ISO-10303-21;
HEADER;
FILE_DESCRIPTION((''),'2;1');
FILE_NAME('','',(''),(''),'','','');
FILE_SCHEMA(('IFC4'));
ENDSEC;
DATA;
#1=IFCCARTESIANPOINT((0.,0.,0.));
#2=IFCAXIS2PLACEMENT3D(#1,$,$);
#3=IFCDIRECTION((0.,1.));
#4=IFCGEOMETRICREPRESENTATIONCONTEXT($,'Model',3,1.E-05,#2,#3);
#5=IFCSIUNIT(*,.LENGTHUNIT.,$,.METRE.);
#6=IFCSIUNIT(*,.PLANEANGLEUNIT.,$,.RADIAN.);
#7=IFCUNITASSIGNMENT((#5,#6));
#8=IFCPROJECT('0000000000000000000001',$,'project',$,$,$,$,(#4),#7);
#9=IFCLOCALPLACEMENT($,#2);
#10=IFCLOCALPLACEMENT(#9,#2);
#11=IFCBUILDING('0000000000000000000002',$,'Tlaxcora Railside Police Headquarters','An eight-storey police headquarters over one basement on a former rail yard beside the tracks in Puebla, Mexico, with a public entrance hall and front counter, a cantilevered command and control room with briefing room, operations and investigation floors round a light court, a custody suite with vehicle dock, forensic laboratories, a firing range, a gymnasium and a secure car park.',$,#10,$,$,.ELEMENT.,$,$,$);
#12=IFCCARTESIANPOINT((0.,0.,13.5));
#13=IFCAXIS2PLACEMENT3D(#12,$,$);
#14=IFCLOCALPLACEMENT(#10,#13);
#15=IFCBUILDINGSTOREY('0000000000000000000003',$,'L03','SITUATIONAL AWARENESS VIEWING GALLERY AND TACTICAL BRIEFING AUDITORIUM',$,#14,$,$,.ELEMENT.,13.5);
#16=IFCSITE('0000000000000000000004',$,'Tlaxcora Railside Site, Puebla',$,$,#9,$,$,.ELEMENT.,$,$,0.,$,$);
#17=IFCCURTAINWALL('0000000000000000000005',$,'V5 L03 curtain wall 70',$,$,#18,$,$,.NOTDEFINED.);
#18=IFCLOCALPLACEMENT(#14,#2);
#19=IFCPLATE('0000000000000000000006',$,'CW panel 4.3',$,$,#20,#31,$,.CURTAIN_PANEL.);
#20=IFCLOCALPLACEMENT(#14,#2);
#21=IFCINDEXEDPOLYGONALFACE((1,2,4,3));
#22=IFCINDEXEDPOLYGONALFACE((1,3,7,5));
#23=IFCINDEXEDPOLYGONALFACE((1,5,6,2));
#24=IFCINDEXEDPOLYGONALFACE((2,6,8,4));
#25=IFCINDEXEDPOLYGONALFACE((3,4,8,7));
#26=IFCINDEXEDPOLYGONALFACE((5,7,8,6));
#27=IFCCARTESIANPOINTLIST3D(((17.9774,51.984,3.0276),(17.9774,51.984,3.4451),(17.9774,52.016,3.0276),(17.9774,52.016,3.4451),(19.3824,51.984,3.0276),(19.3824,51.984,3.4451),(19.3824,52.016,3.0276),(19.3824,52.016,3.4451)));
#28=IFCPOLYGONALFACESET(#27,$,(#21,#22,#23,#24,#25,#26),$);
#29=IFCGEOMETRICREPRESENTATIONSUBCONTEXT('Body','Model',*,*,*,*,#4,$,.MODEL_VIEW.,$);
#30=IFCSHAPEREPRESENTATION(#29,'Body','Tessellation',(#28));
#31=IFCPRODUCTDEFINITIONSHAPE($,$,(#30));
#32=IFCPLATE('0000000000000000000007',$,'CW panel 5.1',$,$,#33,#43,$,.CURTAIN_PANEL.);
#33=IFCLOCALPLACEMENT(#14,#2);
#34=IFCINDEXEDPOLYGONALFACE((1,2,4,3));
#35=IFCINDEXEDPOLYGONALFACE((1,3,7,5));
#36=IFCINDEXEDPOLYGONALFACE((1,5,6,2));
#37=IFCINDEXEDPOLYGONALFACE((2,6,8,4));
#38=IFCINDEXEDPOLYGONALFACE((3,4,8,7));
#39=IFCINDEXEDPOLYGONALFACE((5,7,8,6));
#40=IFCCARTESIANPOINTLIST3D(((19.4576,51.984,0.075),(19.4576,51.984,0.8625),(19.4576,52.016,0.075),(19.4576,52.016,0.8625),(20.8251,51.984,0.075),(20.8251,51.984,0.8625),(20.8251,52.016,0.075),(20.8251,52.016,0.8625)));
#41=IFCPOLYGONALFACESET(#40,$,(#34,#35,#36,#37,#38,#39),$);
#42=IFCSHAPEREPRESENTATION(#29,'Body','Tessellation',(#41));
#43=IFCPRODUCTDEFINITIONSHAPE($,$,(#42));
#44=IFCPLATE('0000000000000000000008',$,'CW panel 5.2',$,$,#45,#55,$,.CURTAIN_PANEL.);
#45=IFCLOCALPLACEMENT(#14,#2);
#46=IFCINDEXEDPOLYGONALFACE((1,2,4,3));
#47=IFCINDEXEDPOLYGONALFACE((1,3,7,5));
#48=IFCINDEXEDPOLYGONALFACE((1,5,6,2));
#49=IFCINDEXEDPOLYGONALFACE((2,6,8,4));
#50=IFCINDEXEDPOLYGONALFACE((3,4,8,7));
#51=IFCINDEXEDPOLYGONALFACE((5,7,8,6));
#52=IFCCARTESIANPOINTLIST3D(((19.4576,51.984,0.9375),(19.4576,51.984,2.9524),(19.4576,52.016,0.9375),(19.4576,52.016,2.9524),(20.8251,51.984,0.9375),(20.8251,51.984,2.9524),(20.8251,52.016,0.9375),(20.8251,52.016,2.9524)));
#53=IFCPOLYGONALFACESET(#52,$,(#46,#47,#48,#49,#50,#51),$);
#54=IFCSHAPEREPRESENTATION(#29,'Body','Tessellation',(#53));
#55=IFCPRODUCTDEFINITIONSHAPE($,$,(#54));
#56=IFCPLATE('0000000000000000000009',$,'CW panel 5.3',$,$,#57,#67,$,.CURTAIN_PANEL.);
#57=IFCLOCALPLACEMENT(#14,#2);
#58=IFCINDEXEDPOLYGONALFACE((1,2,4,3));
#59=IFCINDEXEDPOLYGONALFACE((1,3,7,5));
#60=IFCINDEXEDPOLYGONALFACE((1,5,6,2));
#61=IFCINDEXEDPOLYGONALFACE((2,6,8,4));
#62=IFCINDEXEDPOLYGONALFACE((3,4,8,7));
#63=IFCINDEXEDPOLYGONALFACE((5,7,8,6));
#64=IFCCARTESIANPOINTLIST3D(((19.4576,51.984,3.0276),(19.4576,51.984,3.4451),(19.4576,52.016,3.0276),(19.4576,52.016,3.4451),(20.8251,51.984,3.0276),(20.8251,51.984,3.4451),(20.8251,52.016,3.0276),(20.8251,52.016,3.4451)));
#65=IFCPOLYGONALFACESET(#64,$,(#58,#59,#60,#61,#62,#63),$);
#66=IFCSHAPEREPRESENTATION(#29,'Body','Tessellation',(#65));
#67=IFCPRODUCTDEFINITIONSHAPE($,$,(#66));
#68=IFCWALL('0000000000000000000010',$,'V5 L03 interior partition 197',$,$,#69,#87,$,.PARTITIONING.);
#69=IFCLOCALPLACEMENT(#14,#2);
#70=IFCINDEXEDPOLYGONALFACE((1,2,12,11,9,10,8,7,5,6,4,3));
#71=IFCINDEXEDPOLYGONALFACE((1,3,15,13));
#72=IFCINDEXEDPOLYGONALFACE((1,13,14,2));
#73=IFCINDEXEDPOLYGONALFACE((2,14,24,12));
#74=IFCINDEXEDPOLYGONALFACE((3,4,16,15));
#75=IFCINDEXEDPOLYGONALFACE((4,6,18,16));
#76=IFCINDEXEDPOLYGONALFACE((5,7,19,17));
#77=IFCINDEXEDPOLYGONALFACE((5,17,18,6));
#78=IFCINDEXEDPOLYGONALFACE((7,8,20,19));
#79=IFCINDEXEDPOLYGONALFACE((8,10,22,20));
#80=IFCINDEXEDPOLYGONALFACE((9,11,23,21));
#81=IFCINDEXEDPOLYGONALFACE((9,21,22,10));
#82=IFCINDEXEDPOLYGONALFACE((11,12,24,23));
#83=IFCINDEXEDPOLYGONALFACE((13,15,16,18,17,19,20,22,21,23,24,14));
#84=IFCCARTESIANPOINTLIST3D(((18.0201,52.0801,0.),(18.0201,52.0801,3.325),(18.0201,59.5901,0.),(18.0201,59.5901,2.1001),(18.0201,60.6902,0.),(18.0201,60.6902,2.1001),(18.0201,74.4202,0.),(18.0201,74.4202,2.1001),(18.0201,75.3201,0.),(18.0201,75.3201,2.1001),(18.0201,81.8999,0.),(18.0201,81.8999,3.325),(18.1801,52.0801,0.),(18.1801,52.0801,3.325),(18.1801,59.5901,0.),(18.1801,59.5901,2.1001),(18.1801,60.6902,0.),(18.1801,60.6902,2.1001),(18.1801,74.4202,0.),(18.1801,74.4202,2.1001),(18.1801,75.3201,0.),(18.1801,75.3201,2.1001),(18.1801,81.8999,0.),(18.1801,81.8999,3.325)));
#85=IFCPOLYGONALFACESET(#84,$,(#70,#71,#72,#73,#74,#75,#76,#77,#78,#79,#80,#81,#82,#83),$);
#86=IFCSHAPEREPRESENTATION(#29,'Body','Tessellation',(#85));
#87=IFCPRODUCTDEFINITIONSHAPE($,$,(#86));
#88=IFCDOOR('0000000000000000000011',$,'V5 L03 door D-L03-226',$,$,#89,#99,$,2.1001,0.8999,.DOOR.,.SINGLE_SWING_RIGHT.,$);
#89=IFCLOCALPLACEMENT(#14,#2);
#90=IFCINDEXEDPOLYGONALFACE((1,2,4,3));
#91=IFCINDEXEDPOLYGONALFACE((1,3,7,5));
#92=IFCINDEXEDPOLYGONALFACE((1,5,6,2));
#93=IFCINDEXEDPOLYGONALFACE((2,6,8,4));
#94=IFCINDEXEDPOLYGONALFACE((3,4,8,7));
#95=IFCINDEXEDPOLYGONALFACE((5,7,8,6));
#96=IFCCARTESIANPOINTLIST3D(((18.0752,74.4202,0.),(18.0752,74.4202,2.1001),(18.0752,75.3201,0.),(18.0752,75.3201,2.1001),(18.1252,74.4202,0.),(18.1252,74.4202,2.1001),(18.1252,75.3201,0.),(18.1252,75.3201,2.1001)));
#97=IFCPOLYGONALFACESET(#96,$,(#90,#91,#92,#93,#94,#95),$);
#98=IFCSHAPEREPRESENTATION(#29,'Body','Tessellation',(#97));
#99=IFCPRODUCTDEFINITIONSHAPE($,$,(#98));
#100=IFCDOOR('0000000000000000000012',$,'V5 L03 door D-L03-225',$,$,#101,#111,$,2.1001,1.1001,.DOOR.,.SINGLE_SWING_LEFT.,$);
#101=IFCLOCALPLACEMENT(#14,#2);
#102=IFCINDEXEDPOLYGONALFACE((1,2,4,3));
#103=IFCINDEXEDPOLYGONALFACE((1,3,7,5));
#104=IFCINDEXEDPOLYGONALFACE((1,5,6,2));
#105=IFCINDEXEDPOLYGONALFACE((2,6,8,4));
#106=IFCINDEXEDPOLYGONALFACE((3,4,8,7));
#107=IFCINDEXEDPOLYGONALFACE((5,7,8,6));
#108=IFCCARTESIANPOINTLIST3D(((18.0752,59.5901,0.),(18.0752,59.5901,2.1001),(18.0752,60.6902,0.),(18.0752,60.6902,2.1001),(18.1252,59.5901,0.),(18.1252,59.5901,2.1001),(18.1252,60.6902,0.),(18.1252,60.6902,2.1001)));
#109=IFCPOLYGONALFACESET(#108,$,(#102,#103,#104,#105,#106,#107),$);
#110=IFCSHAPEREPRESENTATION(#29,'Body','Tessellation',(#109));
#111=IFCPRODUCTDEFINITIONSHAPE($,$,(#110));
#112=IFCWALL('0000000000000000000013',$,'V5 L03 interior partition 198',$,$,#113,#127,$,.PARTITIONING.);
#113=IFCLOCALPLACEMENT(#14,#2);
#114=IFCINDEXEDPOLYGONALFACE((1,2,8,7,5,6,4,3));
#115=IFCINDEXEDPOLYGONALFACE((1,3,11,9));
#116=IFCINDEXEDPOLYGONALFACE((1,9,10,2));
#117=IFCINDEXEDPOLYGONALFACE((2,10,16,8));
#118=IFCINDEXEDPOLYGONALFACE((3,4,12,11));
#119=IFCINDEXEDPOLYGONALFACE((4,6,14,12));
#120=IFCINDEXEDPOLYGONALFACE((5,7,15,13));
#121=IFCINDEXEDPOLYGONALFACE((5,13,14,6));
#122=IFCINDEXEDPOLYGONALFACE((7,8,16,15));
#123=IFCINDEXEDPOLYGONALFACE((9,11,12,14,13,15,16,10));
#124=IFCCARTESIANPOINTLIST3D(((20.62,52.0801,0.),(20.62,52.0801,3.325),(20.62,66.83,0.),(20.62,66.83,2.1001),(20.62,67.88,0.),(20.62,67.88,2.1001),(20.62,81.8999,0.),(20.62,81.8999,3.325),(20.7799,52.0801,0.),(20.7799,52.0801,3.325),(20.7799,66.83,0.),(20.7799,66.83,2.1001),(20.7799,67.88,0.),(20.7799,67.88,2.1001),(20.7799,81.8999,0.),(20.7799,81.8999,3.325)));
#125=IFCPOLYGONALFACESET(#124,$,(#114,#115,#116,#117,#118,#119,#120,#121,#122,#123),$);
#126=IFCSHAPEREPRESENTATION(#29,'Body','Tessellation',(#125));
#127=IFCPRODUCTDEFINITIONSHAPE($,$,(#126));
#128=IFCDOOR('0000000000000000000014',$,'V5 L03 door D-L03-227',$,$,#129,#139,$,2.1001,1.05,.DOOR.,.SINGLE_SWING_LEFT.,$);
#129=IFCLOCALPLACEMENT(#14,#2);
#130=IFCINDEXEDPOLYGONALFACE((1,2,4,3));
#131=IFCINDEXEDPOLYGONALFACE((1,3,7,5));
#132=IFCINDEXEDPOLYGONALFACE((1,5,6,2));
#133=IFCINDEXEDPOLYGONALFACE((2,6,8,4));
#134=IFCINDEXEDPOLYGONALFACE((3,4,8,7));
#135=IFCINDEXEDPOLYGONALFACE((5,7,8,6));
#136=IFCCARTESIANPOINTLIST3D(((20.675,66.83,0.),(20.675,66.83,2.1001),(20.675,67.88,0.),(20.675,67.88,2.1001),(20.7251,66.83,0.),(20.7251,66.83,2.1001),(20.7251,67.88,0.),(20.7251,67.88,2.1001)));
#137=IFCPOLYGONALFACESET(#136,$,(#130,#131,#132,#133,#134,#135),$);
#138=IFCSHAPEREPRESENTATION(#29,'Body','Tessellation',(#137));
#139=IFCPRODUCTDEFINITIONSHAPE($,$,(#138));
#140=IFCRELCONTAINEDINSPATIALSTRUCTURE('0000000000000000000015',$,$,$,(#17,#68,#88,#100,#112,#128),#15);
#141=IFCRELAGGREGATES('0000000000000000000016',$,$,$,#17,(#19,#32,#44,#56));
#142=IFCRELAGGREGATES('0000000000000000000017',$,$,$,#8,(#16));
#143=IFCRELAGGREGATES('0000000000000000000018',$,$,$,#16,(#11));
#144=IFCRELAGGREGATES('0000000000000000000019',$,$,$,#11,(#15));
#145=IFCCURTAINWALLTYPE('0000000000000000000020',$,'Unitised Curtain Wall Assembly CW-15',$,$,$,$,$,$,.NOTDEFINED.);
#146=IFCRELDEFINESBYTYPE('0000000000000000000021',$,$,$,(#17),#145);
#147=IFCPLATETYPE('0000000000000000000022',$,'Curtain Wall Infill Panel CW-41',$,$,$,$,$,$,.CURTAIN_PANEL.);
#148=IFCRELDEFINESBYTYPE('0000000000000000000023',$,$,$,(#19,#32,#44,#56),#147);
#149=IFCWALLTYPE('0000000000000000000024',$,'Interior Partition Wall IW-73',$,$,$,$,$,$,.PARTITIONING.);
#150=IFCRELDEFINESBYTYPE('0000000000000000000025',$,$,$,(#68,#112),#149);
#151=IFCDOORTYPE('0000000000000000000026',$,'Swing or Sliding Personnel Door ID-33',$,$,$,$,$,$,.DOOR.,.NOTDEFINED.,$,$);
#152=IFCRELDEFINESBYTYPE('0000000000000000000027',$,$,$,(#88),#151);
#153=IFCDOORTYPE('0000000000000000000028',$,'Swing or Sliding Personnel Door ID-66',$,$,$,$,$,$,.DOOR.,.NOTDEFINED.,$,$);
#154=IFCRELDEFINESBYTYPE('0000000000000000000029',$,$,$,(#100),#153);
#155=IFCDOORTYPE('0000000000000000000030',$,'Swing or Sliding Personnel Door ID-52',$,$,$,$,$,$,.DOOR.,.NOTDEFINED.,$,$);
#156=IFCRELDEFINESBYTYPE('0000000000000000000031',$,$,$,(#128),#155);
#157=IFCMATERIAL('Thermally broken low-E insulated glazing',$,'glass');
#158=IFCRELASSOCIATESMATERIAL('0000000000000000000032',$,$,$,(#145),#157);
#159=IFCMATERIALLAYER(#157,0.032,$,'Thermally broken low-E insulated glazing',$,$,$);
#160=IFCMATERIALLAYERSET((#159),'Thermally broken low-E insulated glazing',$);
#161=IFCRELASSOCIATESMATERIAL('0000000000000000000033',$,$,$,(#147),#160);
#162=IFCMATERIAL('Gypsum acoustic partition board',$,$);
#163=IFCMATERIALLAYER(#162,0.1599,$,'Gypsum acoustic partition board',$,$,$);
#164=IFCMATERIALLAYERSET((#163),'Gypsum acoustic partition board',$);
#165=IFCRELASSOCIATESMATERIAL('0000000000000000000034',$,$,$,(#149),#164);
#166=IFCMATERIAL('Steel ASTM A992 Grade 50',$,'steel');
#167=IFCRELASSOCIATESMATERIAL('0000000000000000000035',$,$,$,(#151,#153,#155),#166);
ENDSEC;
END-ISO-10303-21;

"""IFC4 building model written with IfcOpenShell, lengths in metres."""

from ifc_helpers import new_model, si_unit, direction, frame, frame_2d, origin, origin_2d, place, context, subcontext, project, spatial, rectangle, extrude, material, layer, layer_set, type_object, element, fill, aggregate, save


model = new_model("IFC4")

# Units and contexts
model_context = context("Model", 3, precision=1e-05, world=origin(), true_north=direction((0.0, 1.0)))
body_context = subcontext(model_context, "Body", "Model", "MODEL_VIEW")
ifc_project = project(units=[si_unit("LENGTHUNIT", "METRE"), si_unit("PLANEANGLEUNIT", "RADIAN")], contexts=[model_context])

# Site, building, storey
site_placement = place(None, origin())
site = spatial("IfcSite", under=ifc_project, at=site_placement, Name="Tlaxcora Railside Site, Puebla", CompositionType="ELEMENT", RefElevation=0.0)
building_placement = place(site_placement, origin())
building = spatial("IfcBuilding", under=site, at=building_placement, Name="Tlaxcora Railside Police Headquarters", Description="An eight-storey police headquarters over one basement on a former rail yard beside the tracks in Puebla, Mexico, with a public entrance hall and front counter, a cantilevered command and control room with briefing room, operations and investigation floors round a light court, a custody suite with vehicle dock, forensic laboratories, a firing range, a gymnasium and a secure car park.", CompositionType="ELEMENT")
storey_placement = place(building_placement, frame((0.0, 0.0, 13.5)))
storey = spatial("IfcBuildingStorey", under=building, at=storey_placement, Name="L03", Description="SITUATIONAL AWARENESS VIEWING GALLERY AND TACTICAL BRIEFING AUDITORIUM", CompositionType="ELEMENT", Elevation=13.5)

# Curtain wall
ifc_material_1 = material(Name="Thermally broken low-E insulated glazing", Category="glass")
curtain_wall_type = type_object("IfcCurtainWallType", Name="Unitised Curtain Wall Assembly CW-15", PredefinedType="NOTDEFINED", material=ifc_material_1)
curtain_wall_placement = place(storey_placement, origin())
curtain_wall = element("IfcCurtainWall", 1, at=curtain_wall_placement, inside=storey, type_object=curtain_wall_type, Name="V5 L03 curtain wall 70", PredefinedType="NOTDEFINED")

# Plates
ifc_layer_1 = layer(ifc_material_1, 0.032, Name="Thermally broken low-E insulated glazing")
ifc_layer_set_1 = layer_set([ifc_layer_1], Name="Thermally broken low-E insulated glazing")
plate_type = type_object("IfcPlateType", Name="Curtain Wall Infill Panel CW-41", PredefinedType="CURTAIN_PANEL", material=ifc_layer_set_1)
plate_1_placement = place(storey_placement, frame((18.6799, 52.0, 3.0276), z_axis=(0.0, 0.0, 1.0), x_axis=(1.0, 0.0, 0.0)))
plate_1 = element("IfcPlate", 2, at=plate_1_placement, type_object=plate_type, Name="CW panel 4.3", PredefinedType="CURTAIN_PANEL", context=body_context, shape_type="SweptSolid", body=[
    extrude(rectangle(XDim=1.405, YDim=0.032, at=origin_2d()), origin(), (0.0, 0.0, 1.0), 0.4175),
])
plate_2_placement = place(storey_placement, frame((20.1414, 52.0, 0.075), z_axis=(0.0, 0.0, 1.0), x_axis=(1.0, 0.0, 0.0)))
plate_2 = element("IfcPlate", 3, at=plate_2_placement, type_object=plate_type, Name="CW panel 5.1", PredefinedType="CURTAIN_PANEL", context=body_context, shape_type="SweptSolid", body=[
    extrude(rectangle(XDim=1.3674, YDim=0.032, at=origin_2d()), origin(), (0.0, 0.0, 1.0), 0.7876),
])
plate_3_placement = place(storey_placement, frame((20.1414, 52.0, 0.9375), z_axis=(0.0, 0.0, 1.0), x_axis=(1.0, 0.0, 0.0)))
plate_3 = element("IfcPlate", 4, at=plate_3_placement, type_object=plate_type, Name="CW panel 5.2", PredefinedType="CURTAIN_PANEL", context=body_context, shape_type="SweptSolid", body=[
    extrude(rectangle(XDim=1.3674, YDim=0.032, at=origin_2d()), origin(), (0.0, 0.0, 1.0), 2.0149),
])
plate_4_placement = place(storey_placement, frame((20.1414, 52.0, 3.0276), z_axis=(0.0, 0.0, 1.0), x_axis=(1.0, 0.0, 0.0)))
plate_4 = element("IfcPlate", 5, at=plate_4_placement, type_object=plate_type, Name="CW panel 5.3", PredefinedType="CURTAIN_PANEL", context=body_context, shape_type="SweptSolid", body=[
    extrude(rectangle(XDim=1.3674, YDim=0.032, at=origin_2d()), origin(), (0.0, 0.0, 1.0), 0.4175),
])
aggregate(curtain_wall, [plate_1, plate_2, plate_3, plate_4])

# Wall, openings, doors
ifc_material_2 = material(Name="Gypsum acoustic partition board")
ifc_layer_2 = layer(ifc_material_2, 0.1599, Name="Gypsum acoustic partition board")
ifc_layer_set_2 = layer_set([ifc_layer_2], Name="Gypsum acoustic partition board")
wall_type = type_object("IfcWallType", Name="Interior Partition Wall IW-73", PredefinedType="PARTITIONING", material=ifc_layer_set_2)
wall_1_placement = place(storey_placement, frame((18.1001, 52.0801, 0.0), z_axis=(0.0, 0.0, 1.0), x_axis=(0.0, 1.0, 0.0)))
wall_1 = element("IfcWall", 6, at=wall_1_placement, inside=storey, type_object=wall_type, Name="V5 L03 interior partition 197", PredefinedType="PARTITIONING", context=body_context, shape_type="SweptSolid", body=[
    extrude(rectangle(XDim=29.8198, YDim=0.1599, at=frame_2d((14.9099, 0.0))), origin(), (0.0, 0.0, 1.0), 3.325),
])
opening_1_placement = place(wall_1_placement, frame((7.51, 0.0, 0.0)))
opening_1 = element("IfcOpeningElement", 7, at=opening_1_placement, cuts=wall_1, PredefinedType="OPENING", context=body_context, shape_type="SweptSolid", body=[
    extrude(rectangle(XDim=1.1001, YDim=2.1001, at=frame_2d((0.55, 1.05))), frame((0.0, 0.0898, 0.0), z_axis=(0.0, -1.0, 0.0), x_axis=(1.0, 0.0, 0.0)), (0.0, 0.0, 1.0), 0.1799),
])
opening_2_placement = place(wall_1_placement, frame((22.3401, 0.0, 0.0)))
opening_2 = element("IfcOpeningElement", 8, at=opening_2_placement, cuts=wall_1, PredefinedType="OPENING", context=body_context, shape_type="SweptSolid", body=[
    extrude(rectangle(XDim=0.8999, YDim=2.1001, at=frame_2d((0.45, 1.05))), frame((0.0, 0.0898, 0.0), z_axis=(0.0, -1.0, 0.0), x_axis=(1.0, 0.0, 0.0)), (0.0, 0.0, 1.0), 0.1799),
])
ifc_material_3 = material(Name="Steel ASTM A992 Grade 50", Category="steel")
door_type_1 = type_object("IfcDoorType", Name="Swing or Sliding Personnel Door ID-33", OperationType="NOTDEFINED", PredefinedType="DOOR", material=ifc_material_3)
door_1_placement = place(opening_2_placement, origin())
door_1 = element("IfcDoor", 9, at=door_1_placement, inside=storey, type_object=door_type_1, Name="V5 L03 door D-L03-226", OperationType="SINGLE_SWING_RIGHT", OverallHeight=2.1001, OverallWidth=0.8999, PredefinedType="DOOR", context=body_context, shape_type="SweptSolid", body=[
    extrude(rectangle(XDim=0.8999, YDim=2.1001, at=frame_2d((0.45, 1.05))), frame((0.0, 0.0249, 0.0), z_axis=(0.0, -1.0, 0.0), x_axis=(1.0, 0.0, 0.0)), (0.0, 0.0, 1.0), 0.05),
])
fill(opening_2, door_1)
door_type_2 = type_object("IfcDoorType", Name="Swing or Sliding Personnel Door ID-66", OperationType="NOTDEFINED", PredefinedType="DOOR", material=ifc_material_3)
door_2_placement = place(opening_1_placement, origin())
door_2 = element("IfcDoor", 10, at=door_2_placement, inside=storey, type_object=door_type_2, Name="V5 L03 door D-L03-225", OperationType="SINGLE_SWING_LEFT", OverallHeight=2.1001, OverallWidth=1.1001, PredefinedType="DOOR", context=body_context, shape_type="SweptSolid", body=[
    extrude(rectangle(XDim=1.1001, YDim=2.1001, at=frame_2d((0.55, 1.05))), frame((0.0, 0.0249, 0.0), z_axis=(0.0, -1.0, 0.0), x_axis=(1.0, 0.0, 0.0)), (0.0, 0.0, 1.0), 0.05),
])
fill(opening_1, door_2)

# Wall, opening, door
wall_2_placement = place(storey_placement, frame((20.7, 52.0801, 0.0), z_axis=(0.0, 0.0, 1.0), x_axis=(0.0, 1.0, 0.0)))
wall_2 = element("IfcWall", 11, at=wall_2_placement, inside=storey, type_object=wall_type, Name="V5 L03 interior partition 198", PredefinedType="PARTITIONING", context=body_context, shape_type="SweptSolid", body=[
    extrude(rectangle(XDim=29.8198, YDim=0.1599, at=frame_2d((14.9099, 0.0))), origin(), (0.0, 0.0, 1.0), 3.325),
])
opening_3_placement = place(wall_2_placement, frame((14.75, 0.0, 0.0)))
opening_3 = element("IfcOpeningElement", 12, at=opening_3_placement, cuts=wall_2, PredefinedType="OPENING", context=body_context, shape_type="SweptSolid", body=[
    extrude(rectangle(XDim=1.05, YDim=2.1001, at=frame_2d((0.5249, 1.05))), frame((0.0, 0.0898, 0.0), z_axis=(0.0, -1.0, 0.0), x_axis=(1.0, 0.0, 0.0)), (0.0, 0.0, 1.0), 0.1799),
])
door_type_3 = type_object("IfcDoorType", Name="Swing or Sliding Personnel Door ID-52", OperationType="NOTDEFINED", PredefinedType="DOOR", material=ifc_material_3)
door_3_placement = place(opening_3_placement, origin())
door_3 = element("IfcDoor", 13, at=door_3_placement, inside=storey, type_object=door_type_3, Name="V5 L03 door D-L03-227", OperationType="SINGLE_SWING_LEFT", OverallHeight=2.1001, OverallWidth=1.05, PredefinedType="DOOR", context=body_context, shape_type="SweptSolid", body=[
    extrude(rectangle(XDim=1.05, YDim=2.1001, at=frame_2d((0.5249, 1.05))), frame((0.0, 0.0249, 0.0), z_axis=(0.0, -1.0, 0.0), x_axis=(1.0, 0.0, 0.0)), (0.0, 0.0, 1.0), 0.05),
])
fill(opening_3, door_3)

save(model, "model.ifc")
